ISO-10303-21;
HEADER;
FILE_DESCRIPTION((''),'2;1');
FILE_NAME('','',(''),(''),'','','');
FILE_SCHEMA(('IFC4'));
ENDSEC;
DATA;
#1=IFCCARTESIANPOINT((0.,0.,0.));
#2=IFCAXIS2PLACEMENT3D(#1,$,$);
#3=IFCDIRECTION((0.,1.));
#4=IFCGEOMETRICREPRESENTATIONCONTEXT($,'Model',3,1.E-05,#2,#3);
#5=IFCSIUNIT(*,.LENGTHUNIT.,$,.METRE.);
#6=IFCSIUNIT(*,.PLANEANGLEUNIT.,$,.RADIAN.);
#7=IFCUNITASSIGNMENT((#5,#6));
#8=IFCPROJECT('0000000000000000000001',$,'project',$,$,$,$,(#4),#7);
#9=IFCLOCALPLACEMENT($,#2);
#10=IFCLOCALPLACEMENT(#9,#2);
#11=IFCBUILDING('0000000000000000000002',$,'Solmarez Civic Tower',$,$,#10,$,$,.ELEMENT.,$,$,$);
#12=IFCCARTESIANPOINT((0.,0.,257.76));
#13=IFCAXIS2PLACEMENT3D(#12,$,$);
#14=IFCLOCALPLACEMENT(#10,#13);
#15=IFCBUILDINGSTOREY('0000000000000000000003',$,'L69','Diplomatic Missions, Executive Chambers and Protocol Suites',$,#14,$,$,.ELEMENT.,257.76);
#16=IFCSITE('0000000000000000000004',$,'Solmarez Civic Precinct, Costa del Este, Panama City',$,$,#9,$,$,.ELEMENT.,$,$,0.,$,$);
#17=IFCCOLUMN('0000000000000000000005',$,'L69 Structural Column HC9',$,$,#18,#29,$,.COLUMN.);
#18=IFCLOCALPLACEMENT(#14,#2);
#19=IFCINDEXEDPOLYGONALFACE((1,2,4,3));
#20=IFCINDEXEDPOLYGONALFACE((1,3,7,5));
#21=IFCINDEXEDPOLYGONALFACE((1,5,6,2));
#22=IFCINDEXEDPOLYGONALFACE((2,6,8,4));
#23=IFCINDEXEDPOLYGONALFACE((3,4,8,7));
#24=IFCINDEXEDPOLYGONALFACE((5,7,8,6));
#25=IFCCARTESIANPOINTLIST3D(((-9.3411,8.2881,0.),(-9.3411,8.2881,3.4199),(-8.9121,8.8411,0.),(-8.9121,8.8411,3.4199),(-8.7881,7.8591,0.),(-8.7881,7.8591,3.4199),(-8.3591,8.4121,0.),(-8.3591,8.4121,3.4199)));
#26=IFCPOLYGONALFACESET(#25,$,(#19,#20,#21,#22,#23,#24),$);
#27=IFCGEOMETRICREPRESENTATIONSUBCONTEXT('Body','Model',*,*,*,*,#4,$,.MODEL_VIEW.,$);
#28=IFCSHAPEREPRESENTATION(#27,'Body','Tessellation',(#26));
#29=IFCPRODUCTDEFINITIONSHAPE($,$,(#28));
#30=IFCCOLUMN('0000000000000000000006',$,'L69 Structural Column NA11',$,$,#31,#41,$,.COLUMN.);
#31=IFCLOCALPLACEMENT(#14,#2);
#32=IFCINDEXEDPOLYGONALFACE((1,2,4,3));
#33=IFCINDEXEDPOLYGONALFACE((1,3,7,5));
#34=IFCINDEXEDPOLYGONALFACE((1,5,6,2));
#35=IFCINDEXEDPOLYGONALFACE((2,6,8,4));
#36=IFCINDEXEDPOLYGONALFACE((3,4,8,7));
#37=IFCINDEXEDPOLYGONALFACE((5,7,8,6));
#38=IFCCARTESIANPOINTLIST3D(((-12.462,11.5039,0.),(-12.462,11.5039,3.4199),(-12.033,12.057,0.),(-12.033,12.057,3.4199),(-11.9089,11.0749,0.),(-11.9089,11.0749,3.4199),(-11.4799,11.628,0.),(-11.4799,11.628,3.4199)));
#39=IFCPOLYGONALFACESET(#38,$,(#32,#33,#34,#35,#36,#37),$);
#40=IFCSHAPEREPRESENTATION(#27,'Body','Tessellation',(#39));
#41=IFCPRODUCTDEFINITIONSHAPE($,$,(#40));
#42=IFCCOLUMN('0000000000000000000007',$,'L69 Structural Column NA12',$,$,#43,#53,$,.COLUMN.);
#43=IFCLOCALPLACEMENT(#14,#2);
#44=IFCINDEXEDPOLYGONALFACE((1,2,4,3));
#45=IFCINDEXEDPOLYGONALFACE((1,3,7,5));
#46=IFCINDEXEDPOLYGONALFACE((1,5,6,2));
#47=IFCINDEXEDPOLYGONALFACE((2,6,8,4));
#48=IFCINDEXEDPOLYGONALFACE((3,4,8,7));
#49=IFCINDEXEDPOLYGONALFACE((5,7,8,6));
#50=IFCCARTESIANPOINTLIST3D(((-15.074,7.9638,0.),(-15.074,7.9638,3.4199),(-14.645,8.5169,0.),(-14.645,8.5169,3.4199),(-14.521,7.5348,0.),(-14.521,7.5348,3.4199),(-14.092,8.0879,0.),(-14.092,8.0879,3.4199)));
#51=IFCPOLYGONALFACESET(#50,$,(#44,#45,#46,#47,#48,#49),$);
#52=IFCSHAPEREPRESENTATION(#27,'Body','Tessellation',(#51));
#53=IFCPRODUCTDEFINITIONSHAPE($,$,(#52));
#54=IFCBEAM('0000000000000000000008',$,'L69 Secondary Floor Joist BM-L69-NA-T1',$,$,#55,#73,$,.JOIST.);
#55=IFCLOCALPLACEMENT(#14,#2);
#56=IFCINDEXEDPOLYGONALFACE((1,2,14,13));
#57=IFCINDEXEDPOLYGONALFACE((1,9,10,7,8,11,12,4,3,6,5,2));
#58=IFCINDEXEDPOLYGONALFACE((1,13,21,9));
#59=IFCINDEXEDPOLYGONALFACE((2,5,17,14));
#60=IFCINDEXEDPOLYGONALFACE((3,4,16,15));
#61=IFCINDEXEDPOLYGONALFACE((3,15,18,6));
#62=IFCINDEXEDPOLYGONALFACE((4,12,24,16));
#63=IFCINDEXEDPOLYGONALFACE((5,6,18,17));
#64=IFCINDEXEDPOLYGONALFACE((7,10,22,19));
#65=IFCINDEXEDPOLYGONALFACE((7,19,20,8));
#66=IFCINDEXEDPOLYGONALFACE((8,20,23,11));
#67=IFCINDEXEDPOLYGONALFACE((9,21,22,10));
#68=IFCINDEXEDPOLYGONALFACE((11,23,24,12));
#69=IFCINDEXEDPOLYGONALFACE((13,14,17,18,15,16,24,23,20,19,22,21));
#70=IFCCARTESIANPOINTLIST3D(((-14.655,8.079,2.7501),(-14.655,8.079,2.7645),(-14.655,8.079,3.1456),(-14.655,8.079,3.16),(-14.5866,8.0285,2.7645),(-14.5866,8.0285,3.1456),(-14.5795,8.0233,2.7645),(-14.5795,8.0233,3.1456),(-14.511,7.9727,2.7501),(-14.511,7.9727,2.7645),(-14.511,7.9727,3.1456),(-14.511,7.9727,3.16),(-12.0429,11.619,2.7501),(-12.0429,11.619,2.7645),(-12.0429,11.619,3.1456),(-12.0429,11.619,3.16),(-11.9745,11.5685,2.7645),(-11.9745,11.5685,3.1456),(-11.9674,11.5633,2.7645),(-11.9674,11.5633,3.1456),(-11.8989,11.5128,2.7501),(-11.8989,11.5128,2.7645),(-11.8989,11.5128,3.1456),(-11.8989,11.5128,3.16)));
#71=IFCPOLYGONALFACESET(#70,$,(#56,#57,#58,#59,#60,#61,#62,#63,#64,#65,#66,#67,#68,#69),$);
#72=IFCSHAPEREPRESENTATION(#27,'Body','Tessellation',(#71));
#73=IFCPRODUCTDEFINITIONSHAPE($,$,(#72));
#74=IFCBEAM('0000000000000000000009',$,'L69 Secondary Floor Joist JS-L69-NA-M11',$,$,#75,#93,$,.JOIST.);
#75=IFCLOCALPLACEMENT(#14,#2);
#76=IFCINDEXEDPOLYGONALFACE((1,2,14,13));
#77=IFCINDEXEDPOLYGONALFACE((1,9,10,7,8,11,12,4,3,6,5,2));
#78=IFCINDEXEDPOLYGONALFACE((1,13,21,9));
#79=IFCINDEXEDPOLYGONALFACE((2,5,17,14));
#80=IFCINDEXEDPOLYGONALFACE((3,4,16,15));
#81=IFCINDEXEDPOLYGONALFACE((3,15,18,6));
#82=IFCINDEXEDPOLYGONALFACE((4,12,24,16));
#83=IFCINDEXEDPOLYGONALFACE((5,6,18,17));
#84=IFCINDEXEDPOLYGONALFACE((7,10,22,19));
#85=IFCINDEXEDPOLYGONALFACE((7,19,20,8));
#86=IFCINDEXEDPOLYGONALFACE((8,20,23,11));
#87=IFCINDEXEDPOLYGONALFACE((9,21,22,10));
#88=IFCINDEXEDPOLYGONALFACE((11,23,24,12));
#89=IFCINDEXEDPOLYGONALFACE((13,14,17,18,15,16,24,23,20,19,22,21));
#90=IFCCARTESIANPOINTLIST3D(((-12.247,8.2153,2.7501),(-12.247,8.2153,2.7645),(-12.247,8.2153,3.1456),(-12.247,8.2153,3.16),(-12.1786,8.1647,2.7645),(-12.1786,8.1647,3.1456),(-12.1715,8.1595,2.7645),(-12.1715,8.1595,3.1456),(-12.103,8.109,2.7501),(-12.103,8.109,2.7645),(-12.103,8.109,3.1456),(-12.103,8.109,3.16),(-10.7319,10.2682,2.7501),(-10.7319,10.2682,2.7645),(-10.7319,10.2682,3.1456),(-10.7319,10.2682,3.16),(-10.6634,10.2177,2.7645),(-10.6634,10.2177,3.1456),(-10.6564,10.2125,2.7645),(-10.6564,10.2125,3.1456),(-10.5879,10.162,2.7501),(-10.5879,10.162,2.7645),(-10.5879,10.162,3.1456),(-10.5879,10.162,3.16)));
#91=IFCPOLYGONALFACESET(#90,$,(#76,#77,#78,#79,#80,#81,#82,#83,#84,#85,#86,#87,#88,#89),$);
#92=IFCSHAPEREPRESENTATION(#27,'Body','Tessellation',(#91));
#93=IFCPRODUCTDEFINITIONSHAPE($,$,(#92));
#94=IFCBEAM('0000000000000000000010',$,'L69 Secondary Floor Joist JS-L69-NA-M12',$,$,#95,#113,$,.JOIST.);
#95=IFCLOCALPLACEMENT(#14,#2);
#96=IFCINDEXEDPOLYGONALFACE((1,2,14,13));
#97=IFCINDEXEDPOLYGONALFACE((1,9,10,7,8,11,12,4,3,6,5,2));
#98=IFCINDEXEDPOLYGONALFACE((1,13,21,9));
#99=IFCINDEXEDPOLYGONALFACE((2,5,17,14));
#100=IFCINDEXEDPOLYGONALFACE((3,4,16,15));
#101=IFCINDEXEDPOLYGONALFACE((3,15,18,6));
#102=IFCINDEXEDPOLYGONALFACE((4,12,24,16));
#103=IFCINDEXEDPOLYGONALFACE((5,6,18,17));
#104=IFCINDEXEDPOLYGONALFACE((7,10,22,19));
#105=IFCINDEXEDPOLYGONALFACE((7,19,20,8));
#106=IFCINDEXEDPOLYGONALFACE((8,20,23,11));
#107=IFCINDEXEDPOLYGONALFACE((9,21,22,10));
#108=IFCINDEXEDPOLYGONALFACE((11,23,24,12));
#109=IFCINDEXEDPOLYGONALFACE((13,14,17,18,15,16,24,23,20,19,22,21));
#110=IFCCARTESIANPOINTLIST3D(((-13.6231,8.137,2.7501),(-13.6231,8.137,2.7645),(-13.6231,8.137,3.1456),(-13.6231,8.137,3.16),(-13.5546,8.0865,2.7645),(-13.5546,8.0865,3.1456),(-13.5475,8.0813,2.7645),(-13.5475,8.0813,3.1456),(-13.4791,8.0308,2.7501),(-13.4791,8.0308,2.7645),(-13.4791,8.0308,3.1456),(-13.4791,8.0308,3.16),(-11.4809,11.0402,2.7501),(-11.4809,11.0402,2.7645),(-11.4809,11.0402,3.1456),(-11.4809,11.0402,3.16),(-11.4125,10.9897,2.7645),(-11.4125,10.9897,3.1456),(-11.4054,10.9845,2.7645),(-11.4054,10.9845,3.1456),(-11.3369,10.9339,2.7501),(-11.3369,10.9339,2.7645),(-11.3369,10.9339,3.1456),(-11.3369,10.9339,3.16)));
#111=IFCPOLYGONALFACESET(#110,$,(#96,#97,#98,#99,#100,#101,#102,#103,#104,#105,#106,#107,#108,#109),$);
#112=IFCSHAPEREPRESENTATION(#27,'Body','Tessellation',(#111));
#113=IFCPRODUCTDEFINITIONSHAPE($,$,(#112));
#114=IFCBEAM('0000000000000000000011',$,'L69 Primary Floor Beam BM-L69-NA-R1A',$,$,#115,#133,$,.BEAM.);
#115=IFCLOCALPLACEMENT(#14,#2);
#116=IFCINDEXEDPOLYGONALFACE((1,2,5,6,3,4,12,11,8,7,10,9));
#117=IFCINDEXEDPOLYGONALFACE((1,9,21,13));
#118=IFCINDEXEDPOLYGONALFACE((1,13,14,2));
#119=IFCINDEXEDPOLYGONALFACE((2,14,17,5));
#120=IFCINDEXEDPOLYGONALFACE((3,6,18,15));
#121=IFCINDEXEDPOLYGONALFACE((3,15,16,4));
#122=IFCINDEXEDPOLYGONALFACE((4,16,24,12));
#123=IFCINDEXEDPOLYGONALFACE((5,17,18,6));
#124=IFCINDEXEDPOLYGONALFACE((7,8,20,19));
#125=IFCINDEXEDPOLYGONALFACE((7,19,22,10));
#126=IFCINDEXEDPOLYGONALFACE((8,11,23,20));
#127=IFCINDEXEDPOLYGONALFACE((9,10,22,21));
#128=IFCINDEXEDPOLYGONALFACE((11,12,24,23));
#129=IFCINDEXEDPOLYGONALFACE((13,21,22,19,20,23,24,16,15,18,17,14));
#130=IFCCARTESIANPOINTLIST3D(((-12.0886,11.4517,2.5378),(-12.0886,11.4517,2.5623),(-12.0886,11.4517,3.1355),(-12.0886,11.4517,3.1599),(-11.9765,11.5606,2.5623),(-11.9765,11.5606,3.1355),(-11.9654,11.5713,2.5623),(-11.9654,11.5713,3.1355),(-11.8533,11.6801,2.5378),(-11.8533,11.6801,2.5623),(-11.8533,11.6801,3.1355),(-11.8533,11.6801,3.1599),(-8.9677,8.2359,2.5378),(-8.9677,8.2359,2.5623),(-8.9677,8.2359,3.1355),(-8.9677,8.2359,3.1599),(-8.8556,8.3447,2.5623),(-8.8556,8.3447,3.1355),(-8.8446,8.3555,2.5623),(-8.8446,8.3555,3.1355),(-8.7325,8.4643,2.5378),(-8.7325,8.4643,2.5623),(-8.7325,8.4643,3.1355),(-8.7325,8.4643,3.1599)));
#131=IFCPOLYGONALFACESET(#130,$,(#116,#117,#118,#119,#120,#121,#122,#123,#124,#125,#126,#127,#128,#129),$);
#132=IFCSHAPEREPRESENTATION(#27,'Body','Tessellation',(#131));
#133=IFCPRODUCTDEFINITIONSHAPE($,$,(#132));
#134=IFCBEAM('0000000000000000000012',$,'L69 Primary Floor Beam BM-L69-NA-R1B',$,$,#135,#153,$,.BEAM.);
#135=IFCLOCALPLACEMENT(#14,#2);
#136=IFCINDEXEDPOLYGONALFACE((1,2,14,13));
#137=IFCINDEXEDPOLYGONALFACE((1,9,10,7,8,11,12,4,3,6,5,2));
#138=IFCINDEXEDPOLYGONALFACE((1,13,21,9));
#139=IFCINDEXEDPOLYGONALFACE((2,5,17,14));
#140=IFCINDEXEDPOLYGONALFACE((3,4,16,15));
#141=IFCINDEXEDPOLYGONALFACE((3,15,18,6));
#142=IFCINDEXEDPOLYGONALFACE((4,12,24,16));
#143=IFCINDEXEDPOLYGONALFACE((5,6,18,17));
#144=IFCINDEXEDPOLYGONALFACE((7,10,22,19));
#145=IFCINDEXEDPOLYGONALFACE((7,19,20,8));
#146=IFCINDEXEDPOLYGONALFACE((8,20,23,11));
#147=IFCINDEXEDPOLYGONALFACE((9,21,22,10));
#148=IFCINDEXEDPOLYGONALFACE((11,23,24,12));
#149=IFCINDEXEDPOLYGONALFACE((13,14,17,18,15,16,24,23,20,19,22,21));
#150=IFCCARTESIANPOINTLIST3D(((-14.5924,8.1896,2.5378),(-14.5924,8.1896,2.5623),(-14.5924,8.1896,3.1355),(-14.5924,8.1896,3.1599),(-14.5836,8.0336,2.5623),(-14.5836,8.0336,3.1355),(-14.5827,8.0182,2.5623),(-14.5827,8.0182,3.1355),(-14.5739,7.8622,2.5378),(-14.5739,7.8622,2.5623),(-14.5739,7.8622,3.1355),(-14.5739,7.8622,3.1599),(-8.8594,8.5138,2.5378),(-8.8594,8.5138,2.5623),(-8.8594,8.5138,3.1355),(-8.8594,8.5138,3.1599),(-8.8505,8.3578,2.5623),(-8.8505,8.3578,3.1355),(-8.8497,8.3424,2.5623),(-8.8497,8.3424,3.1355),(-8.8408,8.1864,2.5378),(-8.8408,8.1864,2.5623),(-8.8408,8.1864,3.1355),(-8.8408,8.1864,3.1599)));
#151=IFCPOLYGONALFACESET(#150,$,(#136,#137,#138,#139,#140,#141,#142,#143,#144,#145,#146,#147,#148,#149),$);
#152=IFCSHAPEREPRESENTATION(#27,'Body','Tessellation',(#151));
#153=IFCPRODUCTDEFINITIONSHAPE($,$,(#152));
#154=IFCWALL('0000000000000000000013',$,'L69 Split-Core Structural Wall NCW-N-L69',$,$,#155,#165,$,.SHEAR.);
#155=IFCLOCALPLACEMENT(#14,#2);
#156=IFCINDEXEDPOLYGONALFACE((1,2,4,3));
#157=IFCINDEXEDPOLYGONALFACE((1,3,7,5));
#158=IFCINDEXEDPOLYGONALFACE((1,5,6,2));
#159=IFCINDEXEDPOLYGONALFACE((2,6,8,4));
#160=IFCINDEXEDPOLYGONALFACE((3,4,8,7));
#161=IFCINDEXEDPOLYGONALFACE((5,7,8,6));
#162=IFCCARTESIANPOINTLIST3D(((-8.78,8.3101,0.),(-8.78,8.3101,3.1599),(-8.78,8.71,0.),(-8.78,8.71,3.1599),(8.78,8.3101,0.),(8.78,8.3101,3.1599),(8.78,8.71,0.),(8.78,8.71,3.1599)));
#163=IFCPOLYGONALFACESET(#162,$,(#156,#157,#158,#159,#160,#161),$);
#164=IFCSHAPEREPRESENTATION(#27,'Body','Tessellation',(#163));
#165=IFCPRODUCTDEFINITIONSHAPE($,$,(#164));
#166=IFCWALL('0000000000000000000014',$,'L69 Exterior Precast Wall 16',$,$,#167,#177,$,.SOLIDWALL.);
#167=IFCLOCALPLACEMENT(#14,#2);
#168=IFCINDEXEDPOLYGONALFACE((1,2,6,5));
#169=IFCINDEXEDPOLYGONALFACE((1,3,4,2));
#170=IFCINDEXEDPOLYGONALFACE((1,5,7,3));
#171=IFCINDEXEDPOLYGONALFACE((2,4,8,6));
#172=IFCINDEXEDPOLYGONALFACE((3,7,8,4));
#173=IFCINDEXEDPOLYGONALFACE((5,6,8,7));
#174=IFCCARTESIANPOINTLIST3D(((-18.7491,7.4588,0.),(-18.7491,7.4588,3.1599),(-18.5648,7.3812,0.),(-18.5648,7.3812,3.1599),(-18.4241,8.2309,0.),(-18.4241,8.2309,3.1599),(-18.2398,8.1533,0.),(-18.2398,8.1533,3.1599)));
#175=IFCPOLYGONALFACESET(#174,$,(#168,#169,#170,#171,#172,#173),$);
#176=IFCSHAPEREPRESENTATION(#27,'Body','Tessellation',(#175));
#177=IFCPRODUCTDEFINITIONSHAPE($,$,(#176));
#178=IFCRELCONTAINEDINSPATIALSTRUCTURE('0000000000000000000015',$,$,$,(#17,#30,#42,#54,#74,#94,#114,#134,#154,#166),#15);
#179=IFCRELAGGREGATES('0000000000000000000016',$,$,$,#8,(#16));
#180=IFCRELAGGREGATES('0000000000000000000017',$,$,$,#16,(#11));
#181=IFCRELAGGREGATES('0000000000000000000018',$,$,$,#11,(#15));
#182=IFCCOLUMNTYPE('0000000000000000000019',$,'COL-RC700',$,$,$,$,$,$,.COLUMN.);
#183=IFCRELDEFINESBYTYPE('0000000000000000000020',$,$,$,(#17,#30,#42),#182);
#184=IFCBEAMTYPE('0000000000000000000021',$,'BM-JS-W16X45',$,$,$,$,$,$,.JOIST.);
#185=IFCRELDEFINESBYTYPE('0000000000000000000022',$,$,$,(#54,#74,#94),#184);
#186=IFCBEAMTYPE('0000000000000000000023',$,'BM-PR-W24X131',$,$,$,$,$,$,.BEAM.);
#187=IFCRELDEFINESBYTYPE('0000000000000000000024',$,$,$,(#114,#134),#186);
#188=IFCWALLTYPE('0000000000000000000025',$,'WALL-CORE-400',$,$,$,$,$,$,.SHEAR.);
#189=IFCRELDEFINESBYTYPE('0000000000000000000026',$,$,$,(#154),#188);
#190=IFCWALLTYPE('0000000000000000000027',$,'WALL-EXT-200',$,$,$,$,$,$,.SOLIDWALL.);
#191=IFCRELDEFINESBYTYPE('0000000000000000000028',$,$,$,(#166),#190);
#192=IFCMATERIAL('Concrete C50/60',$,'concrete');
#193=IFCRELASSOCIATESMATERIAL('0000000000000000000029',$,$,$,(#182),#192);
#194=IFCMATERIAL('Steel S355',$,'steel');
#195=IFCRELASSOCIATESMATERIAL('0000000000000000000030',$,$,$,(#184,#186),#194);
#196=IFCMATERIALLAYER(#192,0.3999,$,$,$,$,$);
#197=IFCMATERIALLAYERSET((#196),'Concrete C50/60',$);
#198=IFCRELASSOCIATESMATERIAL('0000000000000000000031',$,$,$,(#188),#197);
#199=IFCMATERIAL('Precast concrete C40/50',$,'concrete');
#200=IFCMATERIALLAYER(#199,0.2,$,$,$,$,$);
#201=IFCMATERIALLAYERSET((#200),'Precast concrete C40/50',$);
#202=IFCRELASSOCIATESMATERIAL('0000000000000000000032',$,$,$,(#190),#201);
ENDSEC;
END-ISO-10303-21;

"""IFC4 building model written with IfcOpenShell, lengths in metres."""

from ifc_helpers import new_model, si_unit, direction, frame, frame_2d, origin, origin_2d, place, context, subcontext, project, spatial, rectangle, i_section, extrude, material, layer, layer_set, material_profile, profile_set, type_object, element, save


model = new_model("IFC4")

# Units and contexts
model_context = context("Model", 3, precision=1e-05, world=origin(), true_north=direction((0.0, 1.0)))
body_context = subcontext(model_context, "Body", "Model", "MODEL_VIEW")
ifc_project = project(units=[si_unit("LENGTHUNIT", "METRE"), si_unit("PLANEANGLEUNIT", "RADIAN")], contexts=[model_context])

# Site, building, storey
site_placement = place(None, origin())
site = spatial("IfcSite", under=ifc_project, at=site_placement, Name="Solmarez Civic Precinct, Costa del Este, Panama City", CompositionType="ELEMENT", RefElevation=0.0)
building_placement = place(site_placement, origin())
building = spatial("IfcBuilding", under=site, at=building_placement, Name="Solmarez Civic Tower", CompositionType="ELEMENT")
storey_placement = place(building_placement, frame((0.0, 0.0, 257.76)))
storey = spatial("IfcBuildingStorey", under=building, at=storey_placement, Name="L69", Description="Diplomatic Missions, Executive Chambers and Protocol Suites", CompositionType="ELEMENT", Elevation=257.76)

# Columns
ifc_material_1 = material(Name="Concrete C50/60", Category="concrete")
ifc_material_profile_1 = material_profile(ifc_material_1, rectangle(XDim=0.7, YDim=0.7, at=origin_2d()), Name="RC700X700")
ifc_profile_set_1 = profile_set([ifc_material_profile_1], Name="Concrete C50/60")
column_type = type_object("IfcColumnType", Name="COL-RC700", PredefinedType="COLUMN", material=ifc_profile_set_1)
for number, where, z_axis, x_axis, name in (
    (1, (-8.8501, 8.3501, 0.0), (0.0, 0.0, 1.0), (0.612907, 0.790155, 0.0), "L69 Structural Column HC9"),
    (2, (-11.9709, 11.5659, 0.0), (0.0, 0.0, 1.0), (0.612907, 0.790155, 0.0), "L69 Structural Column NA11"),
    (3, (-14.583, 8.0259, 0.0), (0.0, 0.0, 1.0), (0.612907, 0.790155, 0.0), "L69 Structural Column NA12"),
):
    element("IfcColumn", number, at=place(storey_placement, frame(where, z_axis=z_axis, x_axis=x_axis)), inside=storey, type_object=column_type, Name=name, PredefinedType="COLUMN", context=body_context, shape_type="SweptSolid", body=[
        extrude(rectangle(XDim=0.7, YDim=0.7, at=origin_2d()), origin(), (0.0, 0.0, 1.0), 3.4199),
    ])

# Beams
ifc_material_2 = material(Name="Steel S355", Category="steel")
ifc_material_profile_2 = material_profile(ifc_material_2, i_section(OverallWidth=0.179, OverallDepth=0.4099, WebThickness=0.0088, FlangeThickness=0.0144, at=origin_2d()), Name="W16X45")
ifc_profile_set_2 = profile_set([ifc_material_profile_2], Name="Steel S355")
beam_type_1 = type_object("IfcBeamType", Name="BM-JS-W16X45", PredefinedType="JOIST", material=ifc_profile_set_2)
beam_1_placement = place(storey_placement, frame((-11.9709, 11.5659, 2.9551), z_axis=(-0.593731, -0.804664, 0.0), x_axis=(0.804664, -0.593731, 0.0)))
element("IfcBeam", 4, at=beam_1_placement, inside=storey, type_object=beam_type_1, Name="L69 Secondary Floor Joist BM-L69-NA-T1", PredefinedType="JOIST", context=body_context, shape_type="SweptSolid", body=[
    extrude(i_section(OverallWidth=0.179, OverallDepth=0.4099, WebThickness=0.0088, FlangeThickness=0.0144, at=origin_2d()), origin(), (0.0, 0.0, 1.0), 4.3994),
])
beam_2_placement = place(storey_placement, frame((-10.6599, 10.2151, 2.9551), z_axis=(-0.593812, -0.804603, 0.0), x_axis=(0.804603, -0.593812, 0.0)))
element("IfcBeam", 5, at=beam_2_placement, inside=storey, type_object=beam_type_1, Name="L69 Secondary Floor Joist JS-L69-NA-M11", PredefinedType="JOIST", context=body_context, shape_type="SweptSolid", body=[
    extrude(i_section(OverallWidth=0.179, OverallDepth=0.4099, WebThickness=0.0088, FlangeThickness=0.0144, at=origin_2d()), origin(), (0.0, 0.0, 1.0), 2.5515),
])
beam_3_placement = place(storey_placement, frame((-11.4089, 10.9871, 2.9551), z_axis=(-0.593734, -0.804661, 0.0), x_axis=(0.804661, -0.593734, 0.0)))
element("IfcBeam", 6, at=beam_3_placement, inside=storey, type_object=beam_type_1, Name="L69 Secondary Floor Joist JS-L69-NA-M12", PredefinedType="JOIST", context=body_context, shape_type="SweptSolid", body=[
    extrude(i_section(OverallWidth=0.179, OverallDepth=0.4099, WebThickness=0.0088, FlangeThickness=0.0144, at=origin_2d()), origin(), (0.0, 0.0, 1.0), 3.6079),
])
ifc_material_profile_3 = material_profile(ifc_material_2, i_section(OverallWidth=0.3279, OverallDepth=0.6221, WebThickness=0.0154, FlangeThickness=0.0244, at=origin_2d()), Name="W24X131")
ifc_profile_set_3 = profile_set([ifc_material_profile_3], Name="Steel S355")
beam_type_2 = type_object("IfcBeamType", Name="BM-PR-W24X131", PredefinedType="BEAM", material=ifc_profile_set_3)
beam_4_placement = place(storey_placement, frame((-8.8501, 8.3501, 2.8489), z_axis=(-0.696431, 0.717624, 0.0), x_axis=(-0.717624, -0.696431, 0.0)))
element("IfcBeam", 7, at=beam_4_placement, inside=storey, type_object=beam_type_2, Name="L69 Primary Floor Beam BM-L69-NA-R1A", PredefinedType="BEAM", context=body_context, shape_type="SweptSolid", body=[
    extrude(i_section(OverallWidth=0.3279, OverallDepth=0.6221, WebThickness=0.0154, FlangeThickness=0.0244, at=origin_2d()), origin(), (0.0, 0.0, 1.0), 4.4812),
])
beam_5_placement = place(storey_placement, frame((-8.8501, 8.3501, 2.8489), z_axis=(-0.998405, -0.056464, 0.0), x_axis=(0.056464, -0.998405, 0.0)))
element("IfcBeam", 8, at=beam_5_placement, inside=storey, type_object=beam_type_2, Name="L69 Primary Floor Beam BM-L69-NA-R1B", PredefinedType="BEAM", context=body_context, shape_type="SweptSolid", body=[
    extrude(i_section(OverallWidth=0.3279, OverallDepth=0.6221, WebThickness=0.0154, FlangeThickness=0.0244, at=origin_2d()), origin(), (0.0, 0.0, 1.0), 5.7422),
])

# Walls
ifc_layer_1 = layer(ifc_material_1, 0.3999)
ifc_layer_set_1 = layer_set([ifc_layer_1], Name="Concrete C50/60")
wall_type_1 = type_object("IfcWallType", Name="WALL-CORE-400", PredefinedType="SHEAR", material=ifc_layer_set_1)
wall_1_placement = place(storey_placement, frame((-8.78, 8.51, 0.0), z_axis=(0.0, 0.0, 1.0), x_axis=(1.0, 0.0, 0.0)))
element("IfcWall", 9, at=wall_1_placement, inside=storey, type_object=wall_type_1, Name="L69 Split-Core Structural Wall NCW-N-L69", PredefinedType="SHEAR", context=body_context, shape_type="SweptSolid", body=[
    extrude(rectangle(XDim=17.5601, YDim=0.3999, at=frame_2d((8.78, 0.0))), origin(), (0.0, 0.0, 1.0), 3.1599),
])
ifc_material_3 = material(Name="Precast concrete C40/50", Category="concrete")
ifc_layer_2 = layer(ifc_material_3, 0.2)
ifc_layer_set_2 = layer_set([ifc_layer_2], Name="Precast concrete C40/50")
wall_type_2 = type_object("IfcWallType", Name="WALL-EXT-200", PredefinedType="SOLIDWALL", material=ifc_layer_set_2)
wall_2_placement = place(storey_placement, frame((-18.657, 7.4199, 0.0), z_axis=(0.0, 0.0, 1.0), x_axis=(0.387966, 0.921674, 0.0)))
element("IfcWall", 10, at=wall_2_placement, inside=storey, type_object=wall_type_2, Name="L69 Exterior Precast Wall 16", PredefinedType="SOLIDWALL", context=body_context, shape_type="SweptSolid", body=[
    extrude(rectangle(XDim=0.8376, YDim=0.2, at=frame_2d((0.4189, 0.0))), origin(), (0.0, 0.0, 1.0), 3.1599),
])

save(model, "model.ifc")
